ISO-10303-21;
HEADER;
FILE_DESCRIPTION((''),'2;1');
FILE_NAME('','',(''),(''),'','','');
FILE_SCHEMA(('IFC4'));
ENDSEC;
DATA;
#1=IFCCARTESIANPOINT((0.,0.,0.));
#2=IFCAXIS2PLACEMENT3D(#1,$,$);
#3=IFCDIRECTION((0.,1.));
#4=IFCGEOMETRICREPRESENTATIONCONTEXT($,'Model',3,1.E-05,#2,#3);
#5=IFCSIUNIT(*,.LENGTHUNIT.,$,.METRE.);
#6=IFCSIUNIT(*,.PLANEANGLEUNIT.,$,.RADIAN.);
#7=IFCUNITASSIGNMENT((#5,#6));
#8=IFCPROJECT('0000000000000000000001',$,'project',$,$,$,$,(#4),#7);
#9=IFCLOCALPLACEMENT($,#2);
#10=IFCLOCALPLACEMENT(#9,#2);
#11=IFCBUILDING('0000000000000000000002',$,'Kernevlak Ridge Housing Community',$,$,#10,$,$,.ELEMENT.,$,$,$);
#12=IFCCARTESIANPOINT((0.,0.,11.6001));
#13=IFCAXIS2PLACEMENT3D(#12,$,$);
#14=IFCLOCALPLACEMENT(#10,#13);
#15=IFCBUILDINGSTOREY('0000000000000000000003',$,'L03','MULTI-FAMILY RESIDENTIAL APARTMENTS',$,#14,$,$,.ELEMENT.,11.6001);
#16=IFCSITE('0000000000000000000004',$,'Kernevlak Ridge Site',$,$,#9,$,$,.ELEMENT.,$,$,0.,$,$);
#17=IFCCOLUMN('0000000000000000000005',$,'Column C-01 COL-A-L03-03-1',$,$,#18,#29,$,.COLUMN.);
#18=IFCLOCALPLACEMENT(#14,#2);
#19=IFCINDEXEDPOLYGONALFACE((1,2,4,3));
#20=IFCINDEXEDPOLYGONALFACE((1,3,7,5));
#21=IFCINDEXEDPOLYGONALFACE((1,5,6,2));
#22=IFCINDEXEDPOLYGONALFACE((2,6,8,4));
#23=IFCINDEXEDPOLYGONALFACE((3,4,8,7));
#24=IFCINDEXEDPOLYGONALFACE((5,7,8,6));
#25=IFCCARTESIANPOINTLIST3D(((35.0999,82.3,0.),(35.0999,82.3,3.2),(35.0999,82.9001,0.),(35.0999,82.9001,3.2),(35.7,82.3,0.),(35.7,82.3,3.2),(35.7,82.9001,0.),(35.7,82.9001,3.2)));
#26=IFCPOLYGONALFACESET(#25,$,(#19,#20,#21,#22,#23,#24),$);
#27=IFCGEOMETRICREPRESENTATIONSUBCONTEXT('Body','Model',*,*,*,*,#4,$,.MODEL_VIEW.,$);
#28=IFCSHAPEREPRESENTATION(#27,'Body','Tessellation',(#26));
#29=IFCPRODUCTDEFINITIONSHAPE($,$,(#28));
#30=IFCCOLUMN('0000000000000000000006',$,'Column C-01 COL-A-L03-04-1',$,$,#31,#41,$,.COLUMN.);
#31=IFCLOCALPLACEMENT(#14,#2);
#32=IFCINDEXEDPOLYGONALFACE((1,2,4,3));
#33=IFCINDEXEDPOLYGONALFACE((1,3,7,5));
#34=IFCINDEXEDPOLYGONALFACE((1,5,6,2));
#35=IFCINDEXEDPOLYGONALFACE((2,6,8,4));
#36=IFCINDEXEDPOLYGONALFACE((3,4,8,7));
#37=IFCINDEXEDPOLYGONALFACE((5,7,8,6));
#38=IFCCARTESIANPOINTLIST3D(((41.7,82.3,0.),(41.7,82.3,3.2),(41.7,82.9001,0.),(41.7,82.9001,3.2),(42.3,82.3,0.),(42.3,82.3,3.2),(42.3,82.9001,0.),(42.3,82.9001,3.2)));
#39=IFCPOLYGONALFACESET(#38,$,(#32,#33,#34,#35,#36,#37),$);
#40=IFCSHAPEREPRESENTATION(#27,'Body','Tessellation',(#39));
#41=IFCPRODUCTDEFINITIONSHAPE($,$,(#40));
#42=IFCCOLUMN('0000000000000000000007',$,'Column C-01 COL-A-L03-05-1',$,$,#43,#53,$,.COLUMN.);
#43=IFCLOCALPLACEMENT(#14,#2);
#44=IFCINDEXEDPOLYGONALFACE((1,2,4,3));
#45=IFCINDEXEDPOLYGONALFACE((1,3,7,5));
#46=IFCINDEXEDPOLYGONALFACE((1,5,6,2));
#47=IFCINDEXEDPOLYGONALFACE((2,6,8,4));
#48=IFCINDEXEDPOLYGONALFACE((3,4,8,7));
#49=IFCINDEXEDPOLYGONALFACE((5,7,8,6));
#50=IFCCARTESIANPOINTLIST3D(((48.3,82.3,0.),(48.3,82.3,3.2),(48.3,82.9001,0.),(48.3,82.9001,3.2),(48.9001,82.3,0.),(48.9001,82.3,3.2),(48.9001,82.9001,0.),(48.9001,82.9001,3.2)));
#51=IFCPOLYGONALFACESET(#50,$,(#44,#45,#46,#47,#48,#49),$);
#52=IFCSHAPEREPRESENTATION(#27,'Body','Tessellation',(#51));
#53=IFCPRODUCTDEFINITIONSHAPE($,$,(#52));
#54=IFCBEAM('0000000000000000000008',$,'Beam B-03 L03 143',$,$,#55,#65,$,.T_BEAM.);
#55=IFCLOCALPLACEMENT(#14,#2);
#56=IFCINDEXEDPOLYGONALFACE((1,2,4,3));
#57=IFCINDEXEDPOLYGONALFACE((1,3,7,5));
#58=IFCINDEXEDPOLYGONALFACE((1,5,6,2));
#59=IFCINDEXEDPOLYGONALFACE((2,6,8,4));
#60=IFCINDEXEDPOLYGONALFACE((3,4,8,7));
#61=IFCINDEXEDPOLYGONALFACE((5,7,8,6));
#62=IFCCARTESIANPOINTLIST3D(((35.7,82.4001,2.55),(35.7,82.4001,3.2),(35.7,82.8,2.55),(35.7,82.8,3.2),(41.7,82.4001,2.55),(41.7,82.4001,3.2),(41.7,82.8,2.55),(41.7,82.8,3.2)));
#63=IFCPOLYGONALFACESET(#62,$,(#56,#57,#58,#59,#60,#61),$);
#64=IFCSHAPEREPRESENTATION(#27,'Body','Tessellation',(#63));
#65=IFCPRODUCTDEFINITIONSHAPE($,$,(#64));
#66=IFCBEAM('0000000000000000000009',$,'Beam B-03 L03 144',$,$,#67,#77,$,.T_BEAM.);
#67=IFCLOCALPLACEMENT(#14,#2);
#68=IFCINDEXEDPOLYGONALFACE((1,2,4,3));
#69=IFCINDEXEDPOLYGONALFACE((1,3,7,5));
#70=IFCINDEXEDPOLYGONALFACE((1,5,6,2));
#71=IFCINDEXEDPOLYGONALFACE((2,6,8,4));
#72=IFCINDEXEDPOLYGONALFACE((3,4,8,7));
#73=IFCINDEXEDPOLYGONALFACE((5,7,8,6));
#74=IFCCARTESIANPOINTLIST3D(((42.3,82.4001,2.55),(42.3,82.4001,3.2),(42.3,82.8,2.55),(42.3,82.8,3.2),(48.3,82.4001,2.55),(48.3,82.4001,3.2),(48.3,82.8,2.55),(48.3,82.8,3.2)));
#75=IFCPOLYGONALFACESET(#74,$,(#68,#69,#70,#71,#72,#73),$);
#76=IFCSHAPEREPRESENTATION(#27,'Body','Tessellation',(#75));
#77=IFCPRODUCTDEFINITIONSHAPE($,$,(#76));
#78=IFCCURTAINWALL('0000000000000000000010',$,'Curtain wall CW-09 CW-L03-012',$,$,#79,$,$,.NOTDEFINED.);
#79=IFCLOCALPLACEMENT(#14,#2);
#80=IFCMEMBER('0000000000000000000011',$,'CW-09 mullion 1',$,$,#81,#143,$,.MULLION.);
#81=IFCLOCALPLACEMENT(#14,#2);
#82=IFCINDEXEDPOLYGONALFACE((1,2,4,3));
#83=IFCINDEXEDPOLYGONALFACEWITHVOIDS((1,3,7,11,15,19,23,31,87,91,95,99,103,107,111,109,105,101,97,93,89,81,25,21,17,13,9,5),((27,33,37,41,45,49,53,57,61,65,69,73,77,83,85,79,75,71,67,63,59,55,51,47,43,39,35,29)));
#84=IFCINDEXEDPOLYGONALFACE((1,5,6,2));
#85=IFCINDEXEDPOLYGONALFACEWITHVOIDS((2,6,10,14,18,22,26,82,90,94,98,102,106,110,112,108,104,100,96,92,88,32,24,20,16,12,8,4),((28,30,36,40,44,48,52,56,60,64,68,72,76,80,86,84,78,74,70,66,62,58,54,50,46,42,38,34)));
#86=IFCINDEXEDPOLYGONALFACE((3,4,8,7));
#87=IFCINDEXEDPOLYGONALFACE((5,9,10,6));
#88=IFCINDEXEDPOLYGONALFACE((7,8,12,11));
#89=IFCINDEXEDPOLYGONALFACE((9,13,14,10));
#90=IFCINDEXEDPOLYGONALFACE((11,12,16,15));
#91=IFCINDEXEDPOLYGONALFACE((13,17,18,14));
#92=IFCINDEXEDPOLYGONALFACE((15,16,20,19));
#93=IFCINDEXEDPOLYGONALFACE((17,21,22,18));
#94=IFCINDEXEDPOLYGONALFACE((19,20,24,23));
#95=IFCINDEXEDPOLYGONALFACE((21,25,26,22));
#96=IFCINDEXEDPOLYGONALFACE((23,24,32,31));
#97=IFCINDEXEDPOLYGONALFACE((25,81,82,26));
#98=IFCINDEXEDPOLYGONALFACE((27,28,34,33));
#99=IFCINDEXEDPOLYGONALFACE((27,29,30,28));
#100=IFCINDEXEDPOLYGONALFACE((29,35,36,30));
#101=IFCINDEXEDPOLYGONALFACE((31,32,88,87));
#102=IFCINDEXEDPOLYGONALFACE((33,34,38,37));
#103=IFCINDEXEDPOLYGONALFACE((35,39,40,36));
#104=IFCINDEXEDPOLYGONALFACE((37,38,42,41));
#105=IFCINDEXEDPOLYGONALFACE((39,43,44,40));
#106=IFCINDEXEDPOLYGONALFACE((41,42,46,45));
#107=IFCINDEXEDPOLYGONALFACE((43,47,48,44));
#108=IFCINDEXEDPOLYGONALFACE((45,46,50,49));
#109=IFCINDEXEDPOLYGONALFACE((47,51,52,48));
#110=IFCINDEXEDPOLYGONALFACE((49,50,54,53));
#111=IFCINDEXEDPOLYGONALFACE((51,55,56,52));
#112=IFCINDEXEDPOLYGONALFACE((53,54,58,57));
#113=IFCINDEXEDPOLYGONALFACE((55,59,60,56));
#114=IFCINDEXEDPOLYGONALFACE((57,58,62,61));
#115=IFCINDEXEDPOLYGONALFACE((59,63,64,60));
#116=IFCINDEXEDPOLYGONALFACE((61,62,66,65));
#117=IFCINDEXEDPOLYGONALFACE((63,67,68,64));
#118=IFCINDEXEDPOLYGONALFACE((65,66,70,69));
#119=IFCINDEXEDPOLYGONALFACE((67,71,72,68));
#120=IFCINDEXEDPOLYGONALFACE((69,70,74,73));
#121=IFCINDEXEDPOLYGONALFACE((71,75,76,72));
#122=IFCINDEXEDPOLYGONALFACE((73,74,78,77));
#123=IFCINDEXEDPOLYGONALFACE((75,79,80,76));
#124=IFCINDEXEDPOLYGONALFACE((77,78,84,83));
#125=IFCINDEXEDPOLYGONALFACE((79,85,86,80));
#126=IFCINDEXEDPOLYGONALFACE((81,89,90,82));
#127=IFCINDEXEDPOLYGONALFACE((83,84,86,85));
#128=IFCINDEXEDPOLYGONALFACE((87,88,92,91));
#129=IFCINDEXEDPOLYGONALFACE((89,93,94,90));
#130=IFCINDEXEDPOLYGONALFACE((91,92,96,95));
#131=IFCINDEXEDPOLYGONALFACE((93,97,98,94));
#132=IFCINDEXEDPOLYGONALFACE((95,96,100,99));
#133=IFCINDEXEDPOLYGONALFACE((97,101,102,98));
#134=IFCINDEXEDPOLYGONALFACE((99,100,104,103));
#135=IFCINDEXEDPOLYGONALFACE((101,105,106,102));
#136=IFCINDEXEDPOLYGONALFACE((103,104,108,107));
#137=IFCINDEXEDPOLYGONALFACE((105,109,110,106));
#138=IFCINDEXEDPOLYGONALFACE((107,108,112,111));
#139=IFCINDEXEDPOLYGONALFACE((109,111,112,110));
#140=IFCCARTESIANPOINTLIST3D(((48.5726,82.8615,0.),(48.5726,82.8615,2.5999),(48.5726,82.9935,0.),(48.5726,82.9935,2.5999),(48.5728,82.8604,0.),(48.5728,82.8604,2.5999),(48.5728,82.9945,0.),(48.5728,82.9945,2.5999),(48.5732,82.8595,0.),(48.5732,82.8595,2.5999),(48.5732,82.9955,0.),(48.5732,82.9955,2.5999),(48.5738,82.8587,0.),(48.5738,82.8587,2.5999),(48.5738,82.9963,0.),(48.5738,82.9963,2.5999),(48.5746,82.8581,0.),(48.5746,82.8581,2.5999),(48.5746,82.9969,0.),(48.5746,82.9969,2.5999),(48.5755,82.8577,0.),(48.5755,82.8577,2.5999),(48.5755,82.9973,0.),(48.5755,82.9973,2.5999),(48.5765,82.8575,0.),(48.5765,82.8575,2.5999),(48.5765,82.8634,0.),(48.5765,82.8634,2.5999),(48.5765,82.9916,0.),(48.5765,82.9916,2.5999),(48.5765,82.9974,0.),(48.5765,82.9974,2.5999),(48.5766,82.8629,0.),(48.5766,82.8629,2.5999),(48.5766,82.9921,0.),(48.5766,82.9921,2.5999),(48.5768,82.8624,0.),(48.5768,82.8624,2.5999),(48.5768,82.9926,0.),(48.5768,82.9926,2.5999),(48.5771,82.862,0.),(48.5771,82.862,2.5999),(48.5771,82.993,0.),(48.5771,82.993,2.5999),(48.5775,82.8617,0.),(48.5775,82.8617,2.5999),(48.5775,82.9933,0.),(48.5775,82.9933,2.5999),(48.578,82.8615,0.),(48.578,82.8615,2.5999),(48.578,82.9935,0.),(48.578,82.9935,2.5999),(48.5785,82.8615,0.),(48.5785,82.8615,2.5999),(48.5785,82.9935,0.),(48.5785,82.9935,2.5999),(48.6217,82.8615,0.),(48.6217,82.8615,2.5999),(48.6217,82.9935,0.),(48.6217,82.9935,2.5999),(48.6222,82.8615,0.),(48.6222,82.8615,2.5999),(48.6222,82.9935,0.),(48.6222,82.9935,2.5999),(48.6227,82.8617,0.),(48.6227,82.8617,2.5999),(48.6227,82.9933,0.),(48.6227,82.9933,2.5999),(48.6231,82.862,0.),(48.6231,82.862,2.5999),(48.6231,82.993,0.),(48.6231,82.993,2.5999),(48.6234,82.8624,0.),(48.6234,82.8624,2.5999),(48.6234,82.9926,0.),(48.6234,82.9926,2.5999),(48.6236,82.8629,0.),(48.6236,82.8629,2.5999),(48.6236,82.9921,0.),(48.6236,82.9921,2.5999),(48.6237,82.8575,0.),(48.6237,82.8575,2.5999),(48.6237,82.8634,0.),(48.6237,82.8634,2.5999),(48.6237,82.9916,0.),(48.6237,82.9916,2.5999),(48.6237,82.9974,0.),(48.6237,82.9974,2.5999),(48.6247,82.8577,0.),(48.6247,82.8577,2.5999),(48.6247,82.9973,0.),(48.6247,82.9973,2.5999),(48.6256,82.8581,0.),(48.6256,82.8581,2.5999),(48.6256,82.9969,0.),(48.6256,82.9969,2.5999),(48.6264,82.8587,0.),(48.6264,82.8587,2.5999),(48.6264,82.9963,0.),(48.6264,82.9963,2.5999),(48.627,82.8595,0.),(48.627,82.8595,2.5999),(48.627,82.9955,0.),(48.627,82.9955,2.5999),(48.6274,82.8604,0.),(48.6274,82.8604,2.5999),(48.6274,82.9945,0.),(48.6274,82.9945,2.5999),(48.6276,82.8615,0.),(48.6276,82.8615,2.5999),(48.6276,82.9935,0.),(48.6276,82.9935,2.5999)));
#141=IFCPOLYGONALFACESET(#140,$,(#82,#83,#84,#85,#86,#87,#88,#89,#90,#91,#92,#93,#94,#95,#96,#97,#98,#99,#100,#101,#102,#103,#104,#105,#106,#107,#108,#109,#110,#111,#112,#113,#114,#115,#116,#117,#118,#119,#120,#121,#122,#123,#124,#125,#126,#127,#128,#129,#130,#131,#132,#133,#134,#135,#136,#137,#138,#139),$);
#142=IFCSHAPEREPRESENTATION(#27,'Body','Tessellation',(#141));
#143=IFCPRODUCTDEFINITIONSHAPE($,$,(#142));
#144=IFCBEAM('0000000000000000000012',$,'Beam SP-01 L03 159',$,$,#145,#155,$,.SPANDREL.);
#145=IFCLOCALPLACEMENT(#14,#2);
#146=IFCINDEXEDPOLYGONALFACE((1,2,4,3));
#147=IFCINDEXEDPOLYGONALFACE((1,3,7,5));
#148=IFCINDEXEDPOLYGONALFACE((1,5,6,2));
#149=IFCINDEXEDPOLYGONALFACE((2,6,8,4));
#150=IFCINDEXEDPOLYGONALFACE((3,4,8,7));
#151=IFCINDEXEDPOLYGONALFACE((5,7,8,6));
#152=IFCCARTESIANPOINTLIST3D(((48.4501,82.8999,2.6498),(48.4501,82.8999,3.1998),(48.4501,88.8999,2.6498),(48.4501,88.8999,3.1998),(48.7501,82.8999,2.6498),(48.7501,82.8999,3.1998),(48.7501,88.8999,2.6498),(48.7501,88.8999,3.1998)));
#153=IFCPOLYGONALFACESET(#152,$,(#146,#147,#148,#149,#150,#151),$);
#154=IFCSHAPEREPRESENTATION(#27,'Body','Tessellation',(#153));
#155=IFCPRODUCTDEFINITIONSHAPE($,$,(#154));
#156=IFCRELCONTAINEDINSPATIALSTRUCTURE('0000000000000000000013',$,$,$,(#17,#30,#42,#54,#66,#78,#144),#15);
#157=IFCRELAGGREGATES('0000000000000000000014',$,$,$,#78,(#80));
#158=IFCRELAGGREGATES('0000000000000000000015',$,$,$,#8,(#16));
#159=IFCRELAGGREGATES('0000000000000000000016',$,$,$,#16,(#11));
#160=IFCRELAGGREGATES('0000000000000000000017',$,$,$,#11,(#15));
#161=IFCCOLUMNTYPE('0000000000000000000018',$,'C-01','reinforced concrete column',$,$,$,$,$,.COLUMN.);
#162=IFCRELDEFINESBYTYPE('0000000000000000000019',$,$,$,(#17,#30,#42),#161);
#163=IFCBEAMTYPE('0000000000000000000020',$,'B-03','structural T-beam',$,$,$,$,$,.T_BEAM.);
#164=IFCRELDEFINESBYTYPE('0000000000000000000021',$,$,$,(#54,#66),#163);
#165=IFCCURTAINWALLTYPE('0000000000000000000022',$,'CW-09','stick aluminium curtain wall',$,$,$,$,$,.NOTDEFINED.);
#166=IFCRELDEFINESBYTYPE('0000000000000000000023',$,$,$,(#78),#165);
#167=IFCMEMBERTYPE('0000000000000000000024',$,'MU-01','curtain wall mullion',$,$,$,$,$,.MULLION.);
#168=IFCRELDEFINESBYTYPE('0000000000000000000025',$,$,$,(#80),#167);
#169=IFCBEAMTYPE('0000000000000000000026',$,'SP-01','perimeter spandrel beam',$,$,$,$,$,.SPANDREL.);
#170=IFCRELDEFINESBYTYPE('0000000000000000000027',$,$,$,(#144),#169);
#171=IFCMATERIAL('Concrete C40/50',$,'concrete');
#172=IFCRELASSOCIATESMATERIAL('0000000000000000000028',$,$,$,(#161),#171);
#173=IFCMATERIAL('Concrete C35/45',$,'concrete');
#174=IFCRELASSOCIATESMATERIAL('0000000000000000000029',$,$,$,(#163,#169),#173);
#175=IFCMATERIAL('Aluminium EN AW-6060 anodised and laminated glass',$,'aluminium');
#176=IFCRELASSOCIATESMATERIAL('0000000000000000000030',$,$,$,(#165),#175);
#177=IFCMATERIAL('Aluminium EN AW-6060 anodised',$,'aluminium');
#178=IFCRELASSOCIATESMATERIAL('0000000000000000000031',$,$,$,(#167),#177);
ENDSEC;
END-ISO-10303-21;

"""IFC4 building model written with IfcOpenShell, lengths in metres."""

from ifc_helpers import new_model, si_unit, direction, frame, origin, origin_2d, place, context, subcontext, project, spatial, rectangle, hollow_rectangle, extrude, material, material_profile, profile_set, type_object, element, aggregate, save


model = new_model("IFC4")

# Units and contexts
model_context = context("Model", 3, precision=1e-05, world=origin(), true_north=direction((0.0, 1.0)))
body_context = subcontext(model_context, "Body", "Model", "MODEL_VIEW")
ifc_project = project(units=[si_unit("LENGTHUNIT", "METRE"), si_unit("PLANEANGLEUNIT", "RADIAN")], contexts=[model_context])

# Site, building, storey
site_placement = place(None, origin())
site = spatial("IfcSite", under=ifc_project, at=site_placement, Name="Kernevlak Ridge Site", CompositionType="ELEMENT", RefElevation=0.0)
building_placement = place(site_placement, origin())
building = spatial("IfcBuilding", under=site, at=building_placement, Name="Kernevlak Ridge Housing Community", CompositionType="ELEMENT")
storey_placement = place(building_placement, frame((0.0, 0.0, 11.6001)))
storey = spatial("IfcBuildingStorey", under=building, at=storey_placement, Name="L03", Description="MULTI-FAMILY RESIDENTIAL APARTMENTS", CompositionType="ELEMENT", Elevation=11.6001)

# Columns
ifc_material_1 = material(Name="Concrete C40/50", Category="concrete")
ifc_material_profile_1 = material_profile(ifc_material_1, rectangle(XDim=0.6001, YDim=0.6001, at=origin_2d()), Name="RC 600x600")
ifc_profile_set_1 = profile_set([ifc_material_profile_1], Name="Concrete C40/50")
column_type = type_object("IfcColumnType", Name="C-01", Description="reinforced concrete column", PredefinedType="COLUMN", material=ifc_profile_set_1)
for number, where, z_axis, x_axis, name in (
    (1, (35.3999, 82.6001, 0.0), (0.0, 0.0, 1.0), (1.0, 0.0, 0.0), "Column C-01 COL-A-L03-03-1"),
    (2, (42.0, 82.6001, 0.0), (0.0, 0.0, 1.0), (1.0, 0.0, 0.0), "Column C-01 COL-A-L03-04-1"),
    (3, (48.6001, 82.6001, 0.0), (0.0, 0.0, 1.0), (1.0, 0.0, 0.0), "Column C-01 COL-A-L03-05-1"),
):
    element("IfcColumn", number, at=place(storey_placement, frame(where, z_axis=z_axis, x_axis=x_axis)), inside=storey, type_object=column_type, Name=name, PredefinedType="COLUMN", context=body_context, shape_type="SweptSolid", body=[
        extrude(rectangle(XDim=0.6001, YDim=0.6001, at=origin_2d()), origin(), (0.0, 0.0, 1.0), 3.2),
    ])

# Beams
ifc_material_2 = material(Name="Concrete C35/45", Category="concrete")
ifc_material_profile_2 = material_profile(ifc_material_2, rectangle(XDim=0.3999, YDim=0.6499, at=origin_2d()), Name="RC 400x650")
ifc_profile_set_2 = profile_set([ifc_material_profile_2], Name="Concrete C35/45")
beam_type_1 = type_object("IfcBeamType", Name="B-03", Description="structural T-beam", PredefinedType="T_BEAM", material=ifc_profile_set_2)
for number, where, z_axis, x_axis, name in (
    (4, (35.7, 82.6001, 2.875), (1.0, 0.0, 0.0), (0.0, 1.0, 0.0), "Beam B-03 L03 143"),
    (5, (42.3, 82.6001, 2.875), (1.0, 0.0, 0.0), (0.0, 1.0, 0.0), "Beam B-03 L03 144"),
):
    element("IfcBeam", number, at=place(storey_placement, frame(where, z_axis=z_axis, x_axis=x_axis)), inside=storey, type_object=beam_type_1, Name=name, PredefinedType="T_BEAM", context=body_context, shape_type="SweptSolid", body=[
        extrude(rectangle(XDim=0.3999, YDim=0.6499, at=origin_2d()), origin(), (0.0, 0.0, 1.0), 6.0),
    ])

# Curtain wall, member
ifc_material_3 = material(Name="Aluminium EN AW-6060 anodised and laminated glass", Category="aluminium")
curtain_wall_type = type_object("IfcCurtainWallType", Name="CW-09", Description="stick aluminium curtain wall", PredefinedType="NOTDEFINED", material=ifc_material_3)
curtain_wall_placement = place(storey_placement, origin())
curtain_wall = element("IfcCurtainWall", 6, at=curtain_wall_placement, inside=storey, type_object=curtain_wall_type, Name="Curtain wall CW-09 CW-L03-012", PredefinedType="NOTDEFINED")
ifc_material_4 = material(Name="Aluminium EN AW-6060 anodised", Category="aluminium")
ifc_material_profile_3 = material_profile(ifc_material_4, hollow_rectangle(XDim=0.0549, YDim=0.1399, WallThickness=0.0039, InnerFilletRadius=0.002, OuterFilletRadius=0.0039, at=origin_2d()), Name="ALU 55x140x4")
ifc_profile_set_3 = profile_set([ifc_material_profile_3], Name="Aluminium EN AW-6060 anodised")
member_type_1 = type_object("IfcMemberType", Name="MU-01", Description="curtain wall mullion", PredefinedType="MULLION", material=ifc_profile_set_3)
member_1_placement = place(storey_placement, frame((48.6001, 82.9275, 0.0), z_axis=(0.0, 0.0, 1.0), x_axis=(-1.0, 0.0, 0.0)))
member_1 = element("IfcMember", 7, at=member_1_placement, type_object=member_type_1, Name="CW-09 mullion 1", PredefinedType="MULLION", context=body_context, shape_type="SweptSolid", body=[
    extrude(hollow_rectangle(XDim=0.0549, YDim=0.1399, WallThickness=0.0039, InnerFilletRadius=0.002, OuterFilletRadius=0.0039, at=origin_2d()), origin(), (0.0, 0.0, 1.0), 2.5999),
])

# Beam
ifc_material_profile_4 = material_profile(ifc_material_2, rectangle(XDim=0.3, YDim=0.55, at=origin_2d()), Name="RC 300x550")
ifc_profile_set_4 = profile_set([ifc_material_profile_4], Name="Concrete C35/45")
beam_type_2 = type_object("IfcBeamType", Name="SP-01", Description="perimeter spandrel beam", PredefinedType="SPANDREL", material=ifc_profile_set_4)
beam_placement = place(storey_placement, frame((48.6001, 82.8999, 2.9248), z_axis=(0.0, 1.0, 0.0), x_axis=(-1.0, 0.0, 0.0)))
element("IfcBeam", 8, at=beam_placement, inside=storey, type_object=beam_type_2, Name="Beam SP-01 L03 159", PredefinedType="SPANDREL", context=body_context, shape_type="SweptSolid", body=[
    extrude(rectangle(XDim=0.3, YDim=0.55, at=origin_2d()), origin(), (0.0, 0.0, 1.0), 6.0),
])

aggregate(curtain_wall, [member_1])

save(model, "model.ifc")
